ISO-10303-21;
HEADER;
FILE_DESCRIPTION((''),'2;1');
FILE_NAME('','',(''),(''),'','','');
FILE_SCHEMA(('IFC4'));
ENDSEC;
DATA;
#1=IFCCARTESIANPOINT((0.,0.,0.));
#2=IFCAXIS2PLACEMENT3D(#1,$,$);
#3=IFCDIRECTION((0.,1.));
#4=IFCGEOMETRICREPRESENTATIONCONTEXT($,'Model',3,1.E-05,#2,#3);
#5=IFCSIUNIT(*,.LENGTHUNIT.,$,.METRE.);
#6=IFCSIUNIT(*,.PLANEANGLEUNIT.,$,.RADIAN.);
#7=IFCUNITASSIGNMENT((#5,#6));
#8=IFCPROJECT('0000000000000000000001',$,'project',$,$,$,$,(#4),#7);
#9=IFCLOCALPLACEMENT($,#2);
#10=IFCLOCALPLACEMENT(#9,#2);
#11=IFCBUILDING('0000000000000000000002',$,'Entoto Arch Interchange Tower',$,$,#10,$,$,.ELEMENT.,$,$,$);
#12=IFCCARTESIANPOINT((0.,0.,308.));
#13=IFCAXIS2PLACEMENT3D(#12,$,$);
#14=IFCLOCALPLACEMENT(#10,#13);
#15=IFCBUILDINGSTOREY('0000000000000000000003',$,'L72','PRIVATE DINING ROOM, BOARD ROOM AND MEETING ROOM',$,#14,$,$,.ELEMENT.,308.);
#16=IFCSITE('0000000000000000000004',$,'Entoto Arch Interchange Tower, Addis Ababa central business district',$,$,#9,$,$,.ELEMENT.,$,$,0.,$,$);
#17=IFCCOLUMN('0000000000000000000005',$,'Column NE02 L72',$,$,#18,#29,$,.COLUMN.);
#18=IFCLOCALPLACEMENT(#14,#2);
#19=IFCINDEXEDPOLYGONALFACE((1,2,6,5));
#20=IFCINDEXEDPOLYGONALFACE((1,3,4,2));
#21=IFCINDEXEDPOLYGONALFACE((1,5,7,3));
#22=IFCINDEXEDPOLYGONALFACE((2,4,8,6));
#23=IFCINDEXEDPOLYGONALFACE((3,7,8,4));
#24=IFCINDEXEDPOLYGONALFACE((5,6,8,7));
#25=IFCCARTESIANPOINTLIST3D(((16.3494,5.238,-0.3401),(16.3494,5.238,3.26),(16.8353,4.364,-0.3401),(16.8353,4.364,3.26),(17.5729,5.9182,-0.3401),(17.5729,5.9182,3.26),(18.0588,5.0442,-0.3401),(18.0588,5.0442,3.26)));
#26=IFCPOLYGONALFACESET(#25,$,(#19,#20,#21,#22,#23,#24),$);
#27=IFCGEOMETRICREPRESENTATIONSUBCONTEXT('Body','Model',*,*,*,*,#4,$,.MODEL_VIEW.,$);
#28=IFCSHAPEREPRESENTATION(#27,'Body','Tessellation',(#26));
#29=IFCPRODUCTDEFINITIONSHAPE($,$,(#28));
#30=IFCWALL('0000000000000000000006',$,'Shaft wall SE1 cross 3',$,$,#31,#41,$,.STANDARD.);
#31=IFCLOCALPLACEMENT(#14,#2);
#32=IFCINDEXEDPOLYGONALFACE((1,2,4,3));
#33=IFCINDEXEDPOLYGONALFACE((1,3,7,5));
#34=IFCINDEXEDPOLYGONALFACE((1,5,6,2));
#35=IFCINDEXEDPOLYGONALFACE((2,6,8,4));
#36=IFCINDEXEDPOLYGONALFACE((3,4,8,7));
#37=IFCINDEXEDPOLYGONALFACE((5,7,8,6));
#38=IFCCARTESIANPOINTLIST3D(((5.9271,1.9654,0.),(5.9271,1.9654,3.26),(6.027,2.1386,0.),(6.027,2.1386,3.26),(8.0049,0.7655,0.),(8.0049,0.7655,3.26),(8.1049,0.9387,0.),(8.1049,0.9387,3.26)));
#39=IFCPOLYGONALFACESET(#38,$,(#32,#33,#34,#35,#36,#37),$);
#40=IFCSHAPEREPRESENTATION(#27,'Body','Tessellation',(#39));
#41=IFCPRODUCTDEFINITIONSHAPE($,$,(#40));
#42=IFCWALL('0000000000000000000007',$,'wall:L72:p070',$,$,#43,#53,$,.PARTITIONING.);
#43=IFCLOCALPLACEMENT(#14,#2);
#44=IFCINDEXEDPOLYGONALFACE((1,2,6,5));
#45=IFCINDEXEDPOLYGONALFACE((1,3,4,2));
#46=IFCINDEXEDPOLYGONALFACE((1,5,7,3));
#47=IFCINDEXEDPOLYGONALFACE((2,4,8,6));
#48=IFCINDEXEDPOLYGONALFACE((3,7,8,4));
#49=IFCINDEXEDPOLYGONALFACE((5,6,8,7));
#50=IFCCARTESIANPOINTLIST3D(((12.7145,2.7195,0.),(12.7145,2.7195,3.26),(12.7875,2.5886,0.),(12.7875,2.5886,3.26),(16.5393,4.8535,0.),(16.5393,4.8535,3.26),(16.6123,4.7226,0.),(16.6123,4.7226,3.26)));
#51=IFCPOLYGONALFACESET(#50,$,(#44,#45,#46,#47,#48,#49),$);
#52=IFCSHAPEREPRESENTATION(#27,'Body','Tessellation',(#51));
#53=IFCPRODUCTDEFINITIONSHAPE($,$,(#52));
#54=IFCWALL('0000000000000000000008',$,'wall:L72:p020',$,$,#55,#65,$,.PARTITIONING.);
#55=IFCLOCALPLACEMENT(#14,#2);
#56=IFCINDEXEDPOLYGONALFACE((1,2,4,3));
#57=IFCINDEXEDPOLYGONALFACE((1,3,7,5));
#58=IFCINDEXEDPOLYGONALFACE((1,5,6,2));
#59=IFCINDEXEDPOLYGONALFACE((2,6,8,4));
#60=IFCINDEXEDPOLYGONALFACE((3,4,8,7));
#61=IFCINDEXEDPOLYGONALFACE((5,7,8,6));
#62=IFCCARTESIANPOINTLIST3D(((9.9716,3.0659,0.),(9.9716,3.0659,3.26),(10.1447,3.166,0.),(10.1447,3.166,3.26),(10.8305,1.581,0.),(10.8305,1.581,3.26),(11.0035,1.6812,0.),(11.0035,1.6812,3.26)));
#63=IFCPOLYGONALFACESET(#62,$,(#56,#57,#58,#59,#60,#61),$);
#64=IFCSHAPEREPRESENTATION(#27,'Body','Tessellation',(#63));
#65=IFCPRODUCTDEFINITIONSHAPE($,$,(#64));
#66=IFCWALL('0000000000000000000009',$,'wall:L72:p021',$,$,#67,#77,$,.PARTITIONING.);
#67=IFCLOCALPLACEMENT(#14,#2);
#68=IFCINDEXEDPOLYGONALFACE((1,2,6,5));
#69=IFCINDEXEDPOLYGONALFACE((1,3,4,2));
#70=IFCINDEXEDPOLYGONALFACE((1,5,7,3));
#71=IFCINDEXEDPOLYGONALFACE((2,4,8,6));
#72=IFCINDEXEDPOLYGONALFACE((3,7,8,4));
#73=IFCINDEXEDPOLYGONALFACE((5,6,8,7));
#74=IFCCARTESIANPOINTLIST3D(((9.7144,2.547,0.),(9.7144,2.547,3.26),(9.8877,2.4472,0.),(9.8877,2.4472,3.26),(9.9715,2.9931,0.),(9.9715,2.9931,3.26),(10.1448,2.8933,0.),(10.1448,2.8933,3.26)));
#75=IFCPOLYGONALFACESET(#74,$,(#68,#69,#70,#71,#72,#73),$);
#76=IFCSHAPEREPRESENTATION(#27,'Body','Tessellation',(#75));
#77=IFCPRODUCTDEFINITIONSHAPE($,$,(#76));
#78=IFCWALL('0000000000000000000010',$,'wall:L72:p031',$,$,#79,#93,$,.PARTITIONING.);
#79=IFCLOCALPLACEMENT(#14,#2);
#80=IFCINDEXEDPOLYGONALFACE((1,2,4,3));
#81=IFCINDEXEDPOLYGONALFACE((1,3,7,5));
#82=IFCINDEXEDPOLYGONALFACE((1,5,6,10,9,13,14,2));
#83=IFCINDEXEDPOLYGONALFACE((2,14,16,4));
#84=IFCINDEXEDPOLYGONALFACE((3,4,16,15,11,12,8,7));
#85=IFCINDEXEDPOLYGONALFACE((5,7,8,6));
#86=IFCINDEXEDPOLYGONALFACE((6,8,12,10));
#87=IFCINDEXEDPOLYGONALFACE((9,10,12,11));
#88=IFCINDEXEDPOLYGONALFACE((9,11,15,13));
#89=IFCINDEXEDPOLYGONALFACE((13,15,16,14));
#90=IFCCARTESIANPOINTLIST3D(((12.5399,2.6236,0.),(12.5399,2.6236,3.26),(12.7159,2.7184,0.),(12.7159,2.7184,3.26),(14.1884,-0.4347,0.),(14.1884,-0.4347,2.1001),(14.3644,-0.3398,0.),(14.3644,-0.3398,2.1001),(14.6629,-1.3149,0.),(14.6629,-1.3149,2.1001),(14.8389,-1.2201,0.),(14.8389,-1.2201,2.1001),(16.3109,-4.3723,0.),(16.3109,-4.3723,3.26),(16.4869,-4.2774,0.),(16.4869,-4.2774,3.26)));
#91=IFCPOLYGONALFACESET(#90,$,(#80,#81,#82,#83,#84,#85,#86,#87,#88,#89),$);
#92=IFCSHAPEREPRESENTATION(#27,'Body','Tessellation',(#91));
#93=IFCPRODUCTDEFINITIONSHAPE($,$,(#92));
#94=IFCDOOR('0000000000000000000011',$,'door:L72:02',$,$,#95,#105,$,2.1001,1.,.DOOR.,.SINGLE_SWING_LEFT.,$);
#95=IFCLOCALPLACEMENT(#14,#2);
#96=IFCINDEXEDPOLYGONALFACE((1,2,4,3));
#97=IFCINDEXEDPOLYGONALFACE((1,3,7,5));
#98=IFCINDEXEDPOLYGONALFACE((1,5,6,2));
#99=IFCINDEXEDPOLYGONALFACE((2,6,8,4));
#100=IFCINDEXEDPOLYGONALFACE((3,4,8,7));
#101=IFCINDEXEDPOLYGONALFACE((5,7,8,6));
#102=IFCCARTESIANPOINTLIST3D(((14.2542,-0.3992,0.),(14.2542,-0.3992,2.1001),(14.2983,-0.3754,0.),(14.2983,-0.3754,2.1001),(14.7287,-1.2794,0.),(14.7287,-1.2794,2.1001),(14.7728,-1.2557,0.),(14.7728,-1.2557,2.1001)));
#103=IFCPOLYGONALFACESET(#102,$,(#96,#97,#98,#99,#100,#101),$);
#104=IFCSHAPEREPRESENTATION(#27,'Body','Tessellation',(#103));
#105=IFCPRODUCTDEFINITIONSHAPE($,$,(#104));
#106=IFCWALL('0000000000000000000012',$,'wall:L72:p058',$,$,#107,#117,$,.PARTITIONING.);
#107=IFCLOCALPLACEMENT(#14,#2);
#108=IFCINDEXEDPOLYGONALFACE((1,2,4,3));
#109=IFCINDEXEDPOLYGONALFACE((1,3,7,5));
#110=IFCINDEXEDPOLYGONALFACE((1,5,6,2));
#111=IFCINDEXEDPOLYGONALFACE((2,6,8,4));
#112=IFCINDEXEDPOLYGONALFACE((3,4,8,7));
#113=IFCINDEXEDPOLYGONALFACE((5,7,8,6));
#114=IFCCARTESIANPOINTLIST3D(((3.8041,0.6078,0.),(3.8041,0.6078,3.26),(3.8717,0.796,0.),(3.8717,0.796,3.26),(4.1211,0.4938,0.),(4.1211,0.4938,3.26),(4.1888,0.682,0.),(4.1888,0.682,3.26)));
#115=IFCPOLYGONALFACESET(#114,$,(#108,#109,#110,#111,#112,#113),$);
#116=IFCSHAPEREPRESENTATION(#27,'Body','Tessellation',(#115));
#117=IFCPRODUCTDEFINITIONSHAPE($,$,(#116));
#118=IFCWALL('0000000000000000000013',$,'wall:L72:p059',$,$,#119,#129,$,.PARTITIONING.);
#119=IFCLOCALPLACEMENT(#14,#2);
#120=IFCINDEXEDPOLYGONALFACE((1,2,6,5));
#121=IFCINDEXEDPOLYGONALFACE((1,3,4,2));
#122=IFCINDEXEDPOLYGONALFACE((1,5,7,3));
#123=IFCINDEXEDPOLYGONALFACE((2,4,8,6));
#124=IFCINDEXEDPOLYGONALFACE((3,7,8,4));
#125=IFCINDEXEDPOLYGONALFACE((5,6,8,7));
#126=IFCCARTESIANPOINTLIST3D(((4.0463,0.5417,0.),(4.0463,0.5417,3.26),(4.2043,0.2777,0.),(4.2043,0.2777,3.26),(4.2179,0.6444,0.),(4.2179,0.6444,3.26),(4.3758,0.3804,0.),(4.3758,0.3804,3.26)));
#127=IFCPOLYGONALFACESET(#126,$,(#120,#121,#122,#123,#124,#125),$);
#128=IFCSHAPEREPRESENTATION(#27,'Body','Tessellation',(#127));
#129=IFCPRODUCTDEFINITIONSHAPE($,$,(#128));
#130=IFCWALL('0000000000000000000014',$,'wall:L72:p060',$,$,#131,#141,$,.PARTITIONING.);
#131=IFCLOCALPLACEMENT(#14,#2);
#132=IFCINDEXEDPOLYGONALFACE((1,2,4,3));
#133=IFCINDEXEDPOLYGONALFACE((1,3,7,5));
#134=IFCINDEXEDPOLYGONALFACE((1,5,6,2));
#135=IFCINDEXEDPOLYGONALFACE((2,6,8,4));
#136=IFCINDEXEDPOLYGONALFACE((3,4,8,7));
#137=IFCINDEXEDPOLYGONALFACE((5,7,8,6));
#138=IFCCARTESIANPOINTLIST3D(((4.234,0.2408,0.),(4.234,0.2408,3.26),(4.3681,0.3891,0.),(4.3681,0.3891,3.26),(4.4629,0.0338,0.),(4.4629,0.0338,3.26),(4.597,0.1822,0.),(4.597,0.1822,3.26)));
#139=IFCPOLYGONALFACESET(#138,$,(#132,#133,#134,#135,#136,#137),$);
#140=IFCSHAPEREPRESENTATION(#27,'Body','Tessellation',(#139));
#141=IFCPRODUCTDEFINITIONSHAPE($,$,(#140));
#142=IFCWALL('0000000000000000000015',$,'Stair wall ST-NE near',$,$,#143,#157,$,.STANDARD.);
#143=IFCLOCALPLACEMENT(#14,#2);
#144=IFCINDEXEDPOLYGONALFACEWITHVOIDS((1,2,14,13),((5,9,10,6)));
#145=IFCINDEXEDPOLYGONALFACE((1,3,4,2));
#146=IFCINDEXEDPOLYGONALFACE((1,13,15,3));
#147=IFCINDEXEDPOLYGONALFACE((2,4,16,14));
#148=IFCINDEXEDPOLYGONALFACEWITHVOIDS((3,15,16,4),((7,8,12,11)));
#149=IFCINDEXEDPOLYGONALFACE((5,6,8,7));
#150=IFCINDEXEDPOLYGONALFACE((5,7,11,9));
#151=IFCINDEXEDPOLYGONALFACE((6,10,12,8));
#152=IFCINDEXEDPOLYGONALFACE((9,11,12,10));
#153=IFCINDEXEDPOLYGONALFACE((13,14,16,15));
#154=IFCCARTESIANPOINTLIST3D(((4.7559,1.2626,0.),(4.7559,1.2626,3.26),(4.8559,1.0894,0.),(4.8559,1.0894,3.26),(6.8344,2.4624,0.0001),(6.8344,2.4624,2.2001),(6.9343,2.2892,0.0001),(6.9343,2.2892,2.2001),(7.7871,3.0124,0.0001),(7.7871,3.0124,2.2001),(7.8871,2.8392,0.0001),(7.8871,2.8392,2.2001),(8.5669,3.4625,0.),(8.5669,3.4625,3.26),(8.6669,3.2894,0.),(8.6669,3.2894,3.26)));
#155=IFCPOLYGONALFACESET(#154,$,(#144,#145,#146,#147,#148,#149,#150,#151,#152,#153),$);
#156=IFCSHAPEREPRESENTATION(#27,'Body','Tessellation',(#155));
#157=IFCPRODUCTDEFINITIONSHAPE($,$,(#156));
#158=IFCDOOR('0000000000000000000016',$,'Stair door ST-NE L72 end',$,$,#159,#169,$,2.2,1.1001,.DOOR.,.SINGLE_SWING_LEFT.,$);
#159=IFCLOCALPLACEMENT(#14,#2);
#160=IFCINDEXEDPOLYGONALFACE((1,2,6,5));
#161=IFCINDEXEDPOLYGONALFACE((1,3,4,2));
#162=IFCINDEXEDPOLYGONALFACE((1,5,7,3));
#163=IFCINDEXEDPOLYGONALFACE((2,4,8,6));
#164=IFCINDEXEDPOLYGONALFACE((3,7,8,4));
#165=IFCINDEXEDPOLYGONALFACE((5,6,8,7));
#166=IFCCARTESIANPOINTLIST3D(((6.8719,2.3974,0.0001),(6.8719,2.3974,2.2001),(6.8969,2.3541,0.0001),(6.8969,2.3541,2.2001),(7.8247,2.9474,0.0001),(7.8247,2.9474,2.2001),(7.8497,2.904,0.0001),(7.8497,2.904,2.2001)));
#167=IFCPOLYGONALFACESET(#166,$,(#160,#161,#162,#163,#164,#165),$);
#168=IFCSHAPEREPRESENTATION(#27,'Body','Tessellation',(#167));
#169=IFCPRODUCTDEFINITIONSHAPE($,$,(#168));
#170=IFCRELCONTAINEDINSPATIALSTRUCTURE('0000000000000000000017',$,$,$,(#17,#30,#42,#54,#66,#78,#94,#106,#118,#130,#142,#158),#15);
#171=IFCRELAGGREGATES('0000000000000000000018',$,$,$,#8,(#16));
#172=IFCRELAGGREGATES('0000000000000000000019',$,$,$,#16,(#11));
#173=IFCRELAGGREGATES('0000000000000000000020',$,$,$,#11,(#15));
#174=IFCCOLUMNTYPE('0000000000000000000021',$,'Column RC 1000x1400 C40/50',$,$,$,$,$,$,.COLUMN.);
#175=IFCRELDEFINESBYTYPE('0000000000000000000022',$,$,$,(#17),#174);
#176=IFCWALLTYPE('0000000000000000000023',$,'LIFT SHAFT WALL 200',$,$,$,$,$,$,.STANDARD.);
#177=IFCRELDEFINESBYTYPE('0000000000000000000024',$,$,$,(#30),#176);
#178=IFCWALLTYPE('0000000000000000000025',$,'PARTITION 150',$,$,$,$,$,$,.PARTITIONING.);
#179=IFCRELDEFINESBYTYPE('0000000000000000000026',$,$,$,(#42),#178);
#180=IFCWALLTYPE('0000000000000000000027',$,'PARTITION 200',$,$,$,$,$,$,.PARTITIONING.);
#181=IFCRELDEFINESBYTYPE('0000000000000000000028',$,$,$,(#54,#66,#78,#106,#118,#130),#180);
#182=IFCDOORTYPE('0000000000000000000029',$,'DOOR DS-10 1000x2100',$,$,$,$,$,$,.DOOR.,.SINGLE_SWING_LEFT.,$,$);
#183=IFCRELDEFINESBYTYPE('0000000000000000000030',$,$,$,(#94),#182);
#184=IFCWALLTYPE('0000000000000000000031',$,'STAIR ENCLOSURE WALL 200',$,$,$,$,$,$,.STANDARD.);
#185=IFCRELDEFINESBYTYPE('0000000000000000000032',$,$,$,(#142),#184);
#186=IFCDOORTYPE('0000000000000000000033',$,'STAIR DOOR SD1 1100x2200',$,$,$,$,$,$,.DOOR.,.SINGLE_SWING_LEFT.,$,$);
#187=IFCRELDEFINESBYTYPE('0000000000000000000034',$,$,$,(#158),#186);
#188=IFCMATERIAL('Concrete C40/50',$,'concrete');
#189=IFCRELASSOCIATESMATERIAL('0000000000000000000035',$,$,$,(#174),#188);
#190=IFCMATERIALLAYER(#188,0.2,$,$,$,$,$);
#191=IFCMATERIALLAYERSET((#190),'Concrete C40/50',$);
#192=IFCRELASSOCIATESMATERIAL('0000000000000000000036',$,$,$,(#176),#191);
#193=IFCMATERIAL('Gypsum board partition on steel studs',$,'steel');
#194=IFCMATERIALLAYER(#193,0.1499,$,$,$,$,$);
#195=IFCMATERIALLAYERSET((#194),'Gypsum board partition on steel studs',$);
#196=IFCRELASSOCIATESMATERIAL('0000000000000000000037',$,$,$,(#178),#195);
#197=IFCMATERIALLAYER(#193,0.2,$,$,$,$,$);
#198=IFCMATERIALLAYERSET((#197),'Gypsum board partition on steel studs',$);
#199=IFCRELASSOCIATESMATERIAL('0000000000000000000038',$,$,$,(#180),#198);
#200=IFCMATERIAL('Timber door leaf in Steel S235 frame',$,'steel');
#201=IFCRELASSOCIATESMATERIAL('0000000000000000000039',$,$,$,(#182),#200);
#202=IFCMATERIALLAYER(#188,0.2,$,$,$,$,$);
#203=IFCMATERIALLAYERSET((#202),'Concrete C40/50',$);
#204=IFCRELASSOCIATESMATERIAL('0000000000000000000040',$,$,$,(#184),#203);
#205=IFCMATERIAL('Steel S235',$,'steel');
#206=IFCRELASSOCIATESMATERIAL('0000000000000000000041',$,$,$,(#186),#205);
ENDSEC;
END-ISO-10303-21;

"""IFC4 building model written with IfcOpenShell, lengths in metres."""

from ifc_helpers import new_model, si_unit, direction, frame, frame_2d, origin, origin_2d, place, context, subcontext, project, spatial, rectangle, extrude, material, layer, layer_set, material_profile, profile_set, type_object, element, fill, save


model = new_model("IFC4")

# Units and contexts
model_context = context("Model", 3, precision=1e-05, world=origin(), true_north=direction((0.0, 1.0)))
body_context = subcontext(model_context, "Body", "Model", "MODEL_VIEW")
ifc_project = project(units=[si_unit("LENGTHUNIT", "METRE"), si_unit("PLANEANGLEUNIT", "RADIAN")], contexts=[model_context])

# Site, building, storey
site_placement = place(None, origin())
site = spatial("IfcSite", under=ifc_project, at=site_placement, Name="Entoto Arch Interchange Tower, Addis Ababa central business district", CompositionType="ELEMENT", RefElevation=0.0)
building_placement = place(site_placement, origin())
building = spatial("IfcBuilding", under=site, at=building_placement, Name="Entoto Arch Interchange Tower", CompositionType="ELEMENT")
storey_placement = place(building_placement, frame((0.0, 0.0, 308.0)))
storey = spatial("IfcBuildingStorey", under=building, at=storey_placement, Name="L72", Description="PRIVATE DINING ROOM, BOARD ROOM AND MEETING ROOM", CompositionType="ELEMENT", Elevation=308.0)

# Column
ifc_material_1 = material(Name="Concrete C40/50", Category="concrete")
ifc_material_profile = material_profile(ifc_material_1, rectangle(XDim=1.0, YDim=1.3999, at=origin_2d()))
ifc_profile_set = profile_set([ifc_material_profile], Name="Concrete C40/50")
column_type = type_object("IfcColumnType", Name="Column RC 1000x1400 C40/50", PredefinedType="COLUMN", material=ifc_profile_set)
column_placement = place(storey_placement, frame((17.2041, 5.1411, -0.3401), z_axis=(0.0, 0.0, 1.0), x_axis=(-0.485924, 0.874001, 0.0)))
element("IfcColumn", 1, at=column_placement, inside=storey, type_object=column_type, Name="Column NE02 L72", PredefinedType="COLUMN", context=body_context, shape_type="SweptSolid", body=[
    extrude(rectangle(XDim=1.0, YDim=1.3999, at=origin_2d()), origin(), (0.0, 0.0, 1.0), 3.6001),
])

# Walls
ifc_layer_1 = layer(ifc_material_1, 0.2)
ifc_layer_set_1 = layer_set([ifc_layer_1], Name="Concrete C40/50")
wall_type_1 = type_object("IfcWallType", Name="LIFT SHAFT WALL 200", PredefinedType="STANDARD", material=ifc_layer_set_1)
wall_1_placement = place(storey_placement, frame((5.9771, 2.052, 0.0), z_axis=(0.0, 0.0, 1.0), x_axis=(0.865974, -0.500089, 0.0)))
element("IfcWall", 2, at=wall_1_placement, inside=storey, type_object=wall_type_1, Name="Shaft wall SE1 cross 3", PredefinedType="STANDARD", context=body_context, shape_type="SweptSolid", body=[
    extrude(rectangle(XDim=2.3994, YDim=0.2, at=frame_2d((1.1997, 0.0))), origin(), (0.0, 0.0, 1.0), 3.26),
])
ifc_material_2 = material(Name="Gypsum board partition on steel studs", Category="steel")
ifc_layer_2 = layer(ifc_material_2, 0.1499)
ifc_layer_set_2 = layer_set([ifc_layer_2], Name="Gypsum board partition on steel studs")
wall_type_2 = type_object("IfcWallType", Name="PARTITION 150", PredefinedType="PARTITIONING", material=ifc_layer_set_2)
wall_2_placement = place(storey_placement, frame((12.751, 2.6541, 0.0), z_axis=(0.0, 0.0, 1.0), x_axis=(0.873278, 0.487223, 0.0)))
element("IfcWall", 3, at=wall_2_placement, inside=storey, type_object=wall_type_2, Name="wall:L72:p070", PredefinedType="PARTITIONING", context=body_context, shape_type="SweptSolid", body=[
    extrude(rectangle(XDim=4.3799, YDim=0.1499, at=frame_2d((2.1899, 0.0))), origin(), (0.0, 0.0, 1.0), 3.26),
])
ifc_layer_3 = layer(ifc_material_2, 0.2)
ifc_layer_set_3 = layer_set([ifc_layer_3], Name="Gypsum board partition on steel studs")
wall_type_3 = type_object("IfcWallType", Name="PARTITION 200", PredefinedType="PARTITIONING", material=ifc_layer_set_3)
wall_3_placement = place(storey_placement, frame((10.917, 1.6311, 0.0), z_axis=(0.0, 0.0, 1.0), x_axis=(-0.5007, 0.865621, 0.0)))
element("IfcWall", 4, at=wall_3_placement, inside=storey, type_object=wall_type_3, Name="wall:L72:p020", PredefinedType="PARTITIONING", context=body_context, shape_type="SweptSolid", body=[
    extrude(rectangle(XDim=1.7153, YDim=0.2, at=frame_2d((0.8577, 0.0))), origin(), (0.0, 0.0, 1.0), 3.26),
])
wall_4_placement = place(storey_placement, frame((10.0581, 2.9431, 0.0), z_axis=(0.0, 0.0, 1.0), x_axis=(-0.499353, -0.866399, 0.0)))
element("IfcWall", 5, at=wall_4_placement, inside=storey, type_object=wall_type_3, Name="wall:L72:p021", PredefinedType="PARTITIONING", context=body_context, shape_type="SweptSolid", body=[
    extrude(rectangle(XDim=0.5149, YDim=0.2, at=frame_2d((0.2573, 0.0))), origin(), (0.0, 0.0, 1.0), 3.26),
])

# Wall, opening, door
wall_5_placement = place(storey_placement, frame((12.6279, 2.6709, 0.0), z_axis=(0.0, 0.0, 1.0), x_axis=(0.47449, -0.880261, 0.0)))
wall_5 = element("IfcWall", 6, at=wall_5_placement, inside=storey, type_object=wall_type_3, Name="wall:L72:p031", PredefinedType="PARTITIONING", context=body_context, shape_type="SweptSolid", body=[
    extrude(rectangle(XDim=7.9475, YDim=0.2, at=frame_2d((3.9736, 0.0))), origin(), (0.0, 0.0, 1.0), 3.26),
])
opening_1_placement = place(wall_5_placement, frame((3.4741, 0.0, 0.0)))
opening_1 = element("IfcOpeningElement", 7, at=opening_1_placement, cuts=wall_5, PredefinedType="OPENING", context=body_context, shape_type="SweptSolid", body=[
    extrude(rectangle(XDim=1.0, YDim=2.1001, at=frame_2d((0.5, 1.05))), frame((0.0, 0.1099, 0.0), z_axis=(0.0, -1.0, 0.0), x_axis=(1.0, 0.0, 0.0)), (0.0, 0.0, 1.0), 0.22),
])
ifc_material_3 = material(Name="Timber door leaf in Steel S235 frame", Category="steel")
door_type_1 = type_object("IfcDoorType", Name="DOOR DS-10 1000x2100", OperationType="SINGLE_SWING_LEFT", PredefinedType="DOOR", material=ifc_material_3)
door_1_placement = place(opening_1_placement, origin())
door_1 = element("IfcDoor", 8, at=door_1_placement, inside=storey, type_object=door_type_1, Name="door:L72:02", OperationType="SINGLE_SWING_LEFT", OverallHeight=2.1001, OverallWidth=1.0, PredefinedType="DOOR", context=body_context, shape_type="SweptSolid", body=[
    extrude(rectangle(XDim=1.0, YDim=2.1001, at=frame_2d((0.5, 1.05))), frame((0.0, 0.0249, 0.0), z_axis=(0.0, -1.0, 0.0), x_axis=(1.0, 0.0, 0.0)), (0.0, 0.0, 1.0), 0.05),
])
fill(opening_1, door_1)

# Walls
wall_6_placement = place(storey_placement, frame((3.8379, 0.7019, 0.0), z_axis=(0.0, 0.0, 1.0), x_axis=(0.941035, -0.338309, 0.0)))
element("IfcWall", 9, at=wall_6_placement, inside=storey, type_object=wall_type_3, Name="wall:L72:p058", PredefinedType="PARTITIONING", context=body_context, shape_type="SweptSolid", body=[
    extrude(rectangle(XDim=0.3369, YDim=0.2, at=frame_2d((0.1685, 0.0))), origin(), (0.0, 0.0, 1.0), 3.26),
])
wall_7_placement = place(storey_placement, frame((4.1321, 0.593, 0.0), z_axis=(0.0, 0.0, 1.0), x_axis=(0.513562, -0.858053, 0.0)))
element("IfcWall", 10, at=wall_7_placement, inside=storey, type_object=wall_type_3, Name="wall:L72:p059", PredefinedType="PARTITIONING", context=body_context, shape_type="SweptSolid", body=[
    extrude(rectangle(XDim=0.3076, YDim=0.2, at=frame_2d((0.1538, 0.0))), origin(), (0.0, 0.0, 1.0), 3.26),
])
wall_8_placement = place(storey_placement, frame((4.301, 0.3149, 0.0), z_axis=(0.0, 0.0, 1.0), x_axis=(0.741798, -0.670623, 0.0)))
element("IfcWall", 11, at=wall_8_placement, inside=storey, type_object=wall_type_3, Name="wall:L72:p060", PredefinedType="PARTITIONING", context=body_context, shape_type="SweptSolid", body=[
    extrude(rectangle(XDim=0.3086, YDim=0.2, at=frame_2d((0.1543, 0.0))), origin(), (0.0, 0.0, 1.0), 3.26),
])

# Wall, opening, door
ifc_layer_4 = layer(ifc_material_1, 0.2)
ifc_layer_set_4 = layer_set([ifc_layer_4], Name="Concrete C40/50")
wall_type_4 = type_object("IfcWallType", Name="STAIR ENCLOSURE WALL 200", PredefinedType="STANDARD", material=ifc_layer_set_4)
wall_9_placement = place(storey_placement, frame((4.8059, 1.176, 0.0), z_axis=(0.0, 0.0, 1.0), x_axis=(0.86606, 0.49994, 0.0)))
wall_9 = element("IfcWall", 12, at=wall_9_placement, inside=storey, type_object=wall_type_4, Name="Stair wall ST-NE near", PredefinedType="STANDARD", context=body_context, shape_type="SweptSolid", body=[
    extrude(rectangle(XDim=4.4004, YDim=0.2, at=frame_2d((2.2002, 0.0))), origin(), (0.0, 0.0, 1.0), 3.26),
])
opening_2_placement = place(wall_9_placement, frame((2.3999, 0.0, 0.0)))
opening_2 = element("IfcOpeningElement", 13, at=opening_2_placement, cuts=wall_9, PredefinedType="OPENING", context=body_context, shape_type="SweptSolid", body=[
    extrude(rectangle(XDim=1.1001, YDim=2.2, at=frame_2d((0.55, 1.1001))), frame((0.0, 0.1099, 0.0), z_axis=(0.0, -1.0, 0.0), x_axis=(1.0, 0.0, 0.0)), (0.0, 0.0, 1.0), 0.22),
])
ifc_material_4 = material(Name="Steel S235", Category="steel")
door_type_2 = type_object("IfcDoorType", Name="STAIR DOOR SD1 1100x2200", OperationType="SINGLE_SWING_LEFT", PredefinedType="DOOR", material=ifc_material_4)
door_2_placement = place(opening_2_placement, origin())
door_2 = element("IfcDoor", 14, at=door_2_placement, inside=storey, type_object=door_type_2, Name="Stair door ST-NE L72 end", OperationType="SINGLE_SWING_LEFT", OverallHeight=2.2, OverallWidth=1.1001, PredefinedType="DOOR", context=body_context, shape_type="SweptSolid", body=[
    extrude(rectangle(XDim=1.1001, YDim=2.2, at=frame_2d((0.55, 1.1001))), frame((0.0, 0.0249, 0.0), z_axis=(0.0, -1.0, 0.0), x_axis=(1.0, 0.0, 0.0)), (0.0, 0.0, 1.0), 0.05),
])
fill(opening_2, door_2)

save(model, "model.ifc")
